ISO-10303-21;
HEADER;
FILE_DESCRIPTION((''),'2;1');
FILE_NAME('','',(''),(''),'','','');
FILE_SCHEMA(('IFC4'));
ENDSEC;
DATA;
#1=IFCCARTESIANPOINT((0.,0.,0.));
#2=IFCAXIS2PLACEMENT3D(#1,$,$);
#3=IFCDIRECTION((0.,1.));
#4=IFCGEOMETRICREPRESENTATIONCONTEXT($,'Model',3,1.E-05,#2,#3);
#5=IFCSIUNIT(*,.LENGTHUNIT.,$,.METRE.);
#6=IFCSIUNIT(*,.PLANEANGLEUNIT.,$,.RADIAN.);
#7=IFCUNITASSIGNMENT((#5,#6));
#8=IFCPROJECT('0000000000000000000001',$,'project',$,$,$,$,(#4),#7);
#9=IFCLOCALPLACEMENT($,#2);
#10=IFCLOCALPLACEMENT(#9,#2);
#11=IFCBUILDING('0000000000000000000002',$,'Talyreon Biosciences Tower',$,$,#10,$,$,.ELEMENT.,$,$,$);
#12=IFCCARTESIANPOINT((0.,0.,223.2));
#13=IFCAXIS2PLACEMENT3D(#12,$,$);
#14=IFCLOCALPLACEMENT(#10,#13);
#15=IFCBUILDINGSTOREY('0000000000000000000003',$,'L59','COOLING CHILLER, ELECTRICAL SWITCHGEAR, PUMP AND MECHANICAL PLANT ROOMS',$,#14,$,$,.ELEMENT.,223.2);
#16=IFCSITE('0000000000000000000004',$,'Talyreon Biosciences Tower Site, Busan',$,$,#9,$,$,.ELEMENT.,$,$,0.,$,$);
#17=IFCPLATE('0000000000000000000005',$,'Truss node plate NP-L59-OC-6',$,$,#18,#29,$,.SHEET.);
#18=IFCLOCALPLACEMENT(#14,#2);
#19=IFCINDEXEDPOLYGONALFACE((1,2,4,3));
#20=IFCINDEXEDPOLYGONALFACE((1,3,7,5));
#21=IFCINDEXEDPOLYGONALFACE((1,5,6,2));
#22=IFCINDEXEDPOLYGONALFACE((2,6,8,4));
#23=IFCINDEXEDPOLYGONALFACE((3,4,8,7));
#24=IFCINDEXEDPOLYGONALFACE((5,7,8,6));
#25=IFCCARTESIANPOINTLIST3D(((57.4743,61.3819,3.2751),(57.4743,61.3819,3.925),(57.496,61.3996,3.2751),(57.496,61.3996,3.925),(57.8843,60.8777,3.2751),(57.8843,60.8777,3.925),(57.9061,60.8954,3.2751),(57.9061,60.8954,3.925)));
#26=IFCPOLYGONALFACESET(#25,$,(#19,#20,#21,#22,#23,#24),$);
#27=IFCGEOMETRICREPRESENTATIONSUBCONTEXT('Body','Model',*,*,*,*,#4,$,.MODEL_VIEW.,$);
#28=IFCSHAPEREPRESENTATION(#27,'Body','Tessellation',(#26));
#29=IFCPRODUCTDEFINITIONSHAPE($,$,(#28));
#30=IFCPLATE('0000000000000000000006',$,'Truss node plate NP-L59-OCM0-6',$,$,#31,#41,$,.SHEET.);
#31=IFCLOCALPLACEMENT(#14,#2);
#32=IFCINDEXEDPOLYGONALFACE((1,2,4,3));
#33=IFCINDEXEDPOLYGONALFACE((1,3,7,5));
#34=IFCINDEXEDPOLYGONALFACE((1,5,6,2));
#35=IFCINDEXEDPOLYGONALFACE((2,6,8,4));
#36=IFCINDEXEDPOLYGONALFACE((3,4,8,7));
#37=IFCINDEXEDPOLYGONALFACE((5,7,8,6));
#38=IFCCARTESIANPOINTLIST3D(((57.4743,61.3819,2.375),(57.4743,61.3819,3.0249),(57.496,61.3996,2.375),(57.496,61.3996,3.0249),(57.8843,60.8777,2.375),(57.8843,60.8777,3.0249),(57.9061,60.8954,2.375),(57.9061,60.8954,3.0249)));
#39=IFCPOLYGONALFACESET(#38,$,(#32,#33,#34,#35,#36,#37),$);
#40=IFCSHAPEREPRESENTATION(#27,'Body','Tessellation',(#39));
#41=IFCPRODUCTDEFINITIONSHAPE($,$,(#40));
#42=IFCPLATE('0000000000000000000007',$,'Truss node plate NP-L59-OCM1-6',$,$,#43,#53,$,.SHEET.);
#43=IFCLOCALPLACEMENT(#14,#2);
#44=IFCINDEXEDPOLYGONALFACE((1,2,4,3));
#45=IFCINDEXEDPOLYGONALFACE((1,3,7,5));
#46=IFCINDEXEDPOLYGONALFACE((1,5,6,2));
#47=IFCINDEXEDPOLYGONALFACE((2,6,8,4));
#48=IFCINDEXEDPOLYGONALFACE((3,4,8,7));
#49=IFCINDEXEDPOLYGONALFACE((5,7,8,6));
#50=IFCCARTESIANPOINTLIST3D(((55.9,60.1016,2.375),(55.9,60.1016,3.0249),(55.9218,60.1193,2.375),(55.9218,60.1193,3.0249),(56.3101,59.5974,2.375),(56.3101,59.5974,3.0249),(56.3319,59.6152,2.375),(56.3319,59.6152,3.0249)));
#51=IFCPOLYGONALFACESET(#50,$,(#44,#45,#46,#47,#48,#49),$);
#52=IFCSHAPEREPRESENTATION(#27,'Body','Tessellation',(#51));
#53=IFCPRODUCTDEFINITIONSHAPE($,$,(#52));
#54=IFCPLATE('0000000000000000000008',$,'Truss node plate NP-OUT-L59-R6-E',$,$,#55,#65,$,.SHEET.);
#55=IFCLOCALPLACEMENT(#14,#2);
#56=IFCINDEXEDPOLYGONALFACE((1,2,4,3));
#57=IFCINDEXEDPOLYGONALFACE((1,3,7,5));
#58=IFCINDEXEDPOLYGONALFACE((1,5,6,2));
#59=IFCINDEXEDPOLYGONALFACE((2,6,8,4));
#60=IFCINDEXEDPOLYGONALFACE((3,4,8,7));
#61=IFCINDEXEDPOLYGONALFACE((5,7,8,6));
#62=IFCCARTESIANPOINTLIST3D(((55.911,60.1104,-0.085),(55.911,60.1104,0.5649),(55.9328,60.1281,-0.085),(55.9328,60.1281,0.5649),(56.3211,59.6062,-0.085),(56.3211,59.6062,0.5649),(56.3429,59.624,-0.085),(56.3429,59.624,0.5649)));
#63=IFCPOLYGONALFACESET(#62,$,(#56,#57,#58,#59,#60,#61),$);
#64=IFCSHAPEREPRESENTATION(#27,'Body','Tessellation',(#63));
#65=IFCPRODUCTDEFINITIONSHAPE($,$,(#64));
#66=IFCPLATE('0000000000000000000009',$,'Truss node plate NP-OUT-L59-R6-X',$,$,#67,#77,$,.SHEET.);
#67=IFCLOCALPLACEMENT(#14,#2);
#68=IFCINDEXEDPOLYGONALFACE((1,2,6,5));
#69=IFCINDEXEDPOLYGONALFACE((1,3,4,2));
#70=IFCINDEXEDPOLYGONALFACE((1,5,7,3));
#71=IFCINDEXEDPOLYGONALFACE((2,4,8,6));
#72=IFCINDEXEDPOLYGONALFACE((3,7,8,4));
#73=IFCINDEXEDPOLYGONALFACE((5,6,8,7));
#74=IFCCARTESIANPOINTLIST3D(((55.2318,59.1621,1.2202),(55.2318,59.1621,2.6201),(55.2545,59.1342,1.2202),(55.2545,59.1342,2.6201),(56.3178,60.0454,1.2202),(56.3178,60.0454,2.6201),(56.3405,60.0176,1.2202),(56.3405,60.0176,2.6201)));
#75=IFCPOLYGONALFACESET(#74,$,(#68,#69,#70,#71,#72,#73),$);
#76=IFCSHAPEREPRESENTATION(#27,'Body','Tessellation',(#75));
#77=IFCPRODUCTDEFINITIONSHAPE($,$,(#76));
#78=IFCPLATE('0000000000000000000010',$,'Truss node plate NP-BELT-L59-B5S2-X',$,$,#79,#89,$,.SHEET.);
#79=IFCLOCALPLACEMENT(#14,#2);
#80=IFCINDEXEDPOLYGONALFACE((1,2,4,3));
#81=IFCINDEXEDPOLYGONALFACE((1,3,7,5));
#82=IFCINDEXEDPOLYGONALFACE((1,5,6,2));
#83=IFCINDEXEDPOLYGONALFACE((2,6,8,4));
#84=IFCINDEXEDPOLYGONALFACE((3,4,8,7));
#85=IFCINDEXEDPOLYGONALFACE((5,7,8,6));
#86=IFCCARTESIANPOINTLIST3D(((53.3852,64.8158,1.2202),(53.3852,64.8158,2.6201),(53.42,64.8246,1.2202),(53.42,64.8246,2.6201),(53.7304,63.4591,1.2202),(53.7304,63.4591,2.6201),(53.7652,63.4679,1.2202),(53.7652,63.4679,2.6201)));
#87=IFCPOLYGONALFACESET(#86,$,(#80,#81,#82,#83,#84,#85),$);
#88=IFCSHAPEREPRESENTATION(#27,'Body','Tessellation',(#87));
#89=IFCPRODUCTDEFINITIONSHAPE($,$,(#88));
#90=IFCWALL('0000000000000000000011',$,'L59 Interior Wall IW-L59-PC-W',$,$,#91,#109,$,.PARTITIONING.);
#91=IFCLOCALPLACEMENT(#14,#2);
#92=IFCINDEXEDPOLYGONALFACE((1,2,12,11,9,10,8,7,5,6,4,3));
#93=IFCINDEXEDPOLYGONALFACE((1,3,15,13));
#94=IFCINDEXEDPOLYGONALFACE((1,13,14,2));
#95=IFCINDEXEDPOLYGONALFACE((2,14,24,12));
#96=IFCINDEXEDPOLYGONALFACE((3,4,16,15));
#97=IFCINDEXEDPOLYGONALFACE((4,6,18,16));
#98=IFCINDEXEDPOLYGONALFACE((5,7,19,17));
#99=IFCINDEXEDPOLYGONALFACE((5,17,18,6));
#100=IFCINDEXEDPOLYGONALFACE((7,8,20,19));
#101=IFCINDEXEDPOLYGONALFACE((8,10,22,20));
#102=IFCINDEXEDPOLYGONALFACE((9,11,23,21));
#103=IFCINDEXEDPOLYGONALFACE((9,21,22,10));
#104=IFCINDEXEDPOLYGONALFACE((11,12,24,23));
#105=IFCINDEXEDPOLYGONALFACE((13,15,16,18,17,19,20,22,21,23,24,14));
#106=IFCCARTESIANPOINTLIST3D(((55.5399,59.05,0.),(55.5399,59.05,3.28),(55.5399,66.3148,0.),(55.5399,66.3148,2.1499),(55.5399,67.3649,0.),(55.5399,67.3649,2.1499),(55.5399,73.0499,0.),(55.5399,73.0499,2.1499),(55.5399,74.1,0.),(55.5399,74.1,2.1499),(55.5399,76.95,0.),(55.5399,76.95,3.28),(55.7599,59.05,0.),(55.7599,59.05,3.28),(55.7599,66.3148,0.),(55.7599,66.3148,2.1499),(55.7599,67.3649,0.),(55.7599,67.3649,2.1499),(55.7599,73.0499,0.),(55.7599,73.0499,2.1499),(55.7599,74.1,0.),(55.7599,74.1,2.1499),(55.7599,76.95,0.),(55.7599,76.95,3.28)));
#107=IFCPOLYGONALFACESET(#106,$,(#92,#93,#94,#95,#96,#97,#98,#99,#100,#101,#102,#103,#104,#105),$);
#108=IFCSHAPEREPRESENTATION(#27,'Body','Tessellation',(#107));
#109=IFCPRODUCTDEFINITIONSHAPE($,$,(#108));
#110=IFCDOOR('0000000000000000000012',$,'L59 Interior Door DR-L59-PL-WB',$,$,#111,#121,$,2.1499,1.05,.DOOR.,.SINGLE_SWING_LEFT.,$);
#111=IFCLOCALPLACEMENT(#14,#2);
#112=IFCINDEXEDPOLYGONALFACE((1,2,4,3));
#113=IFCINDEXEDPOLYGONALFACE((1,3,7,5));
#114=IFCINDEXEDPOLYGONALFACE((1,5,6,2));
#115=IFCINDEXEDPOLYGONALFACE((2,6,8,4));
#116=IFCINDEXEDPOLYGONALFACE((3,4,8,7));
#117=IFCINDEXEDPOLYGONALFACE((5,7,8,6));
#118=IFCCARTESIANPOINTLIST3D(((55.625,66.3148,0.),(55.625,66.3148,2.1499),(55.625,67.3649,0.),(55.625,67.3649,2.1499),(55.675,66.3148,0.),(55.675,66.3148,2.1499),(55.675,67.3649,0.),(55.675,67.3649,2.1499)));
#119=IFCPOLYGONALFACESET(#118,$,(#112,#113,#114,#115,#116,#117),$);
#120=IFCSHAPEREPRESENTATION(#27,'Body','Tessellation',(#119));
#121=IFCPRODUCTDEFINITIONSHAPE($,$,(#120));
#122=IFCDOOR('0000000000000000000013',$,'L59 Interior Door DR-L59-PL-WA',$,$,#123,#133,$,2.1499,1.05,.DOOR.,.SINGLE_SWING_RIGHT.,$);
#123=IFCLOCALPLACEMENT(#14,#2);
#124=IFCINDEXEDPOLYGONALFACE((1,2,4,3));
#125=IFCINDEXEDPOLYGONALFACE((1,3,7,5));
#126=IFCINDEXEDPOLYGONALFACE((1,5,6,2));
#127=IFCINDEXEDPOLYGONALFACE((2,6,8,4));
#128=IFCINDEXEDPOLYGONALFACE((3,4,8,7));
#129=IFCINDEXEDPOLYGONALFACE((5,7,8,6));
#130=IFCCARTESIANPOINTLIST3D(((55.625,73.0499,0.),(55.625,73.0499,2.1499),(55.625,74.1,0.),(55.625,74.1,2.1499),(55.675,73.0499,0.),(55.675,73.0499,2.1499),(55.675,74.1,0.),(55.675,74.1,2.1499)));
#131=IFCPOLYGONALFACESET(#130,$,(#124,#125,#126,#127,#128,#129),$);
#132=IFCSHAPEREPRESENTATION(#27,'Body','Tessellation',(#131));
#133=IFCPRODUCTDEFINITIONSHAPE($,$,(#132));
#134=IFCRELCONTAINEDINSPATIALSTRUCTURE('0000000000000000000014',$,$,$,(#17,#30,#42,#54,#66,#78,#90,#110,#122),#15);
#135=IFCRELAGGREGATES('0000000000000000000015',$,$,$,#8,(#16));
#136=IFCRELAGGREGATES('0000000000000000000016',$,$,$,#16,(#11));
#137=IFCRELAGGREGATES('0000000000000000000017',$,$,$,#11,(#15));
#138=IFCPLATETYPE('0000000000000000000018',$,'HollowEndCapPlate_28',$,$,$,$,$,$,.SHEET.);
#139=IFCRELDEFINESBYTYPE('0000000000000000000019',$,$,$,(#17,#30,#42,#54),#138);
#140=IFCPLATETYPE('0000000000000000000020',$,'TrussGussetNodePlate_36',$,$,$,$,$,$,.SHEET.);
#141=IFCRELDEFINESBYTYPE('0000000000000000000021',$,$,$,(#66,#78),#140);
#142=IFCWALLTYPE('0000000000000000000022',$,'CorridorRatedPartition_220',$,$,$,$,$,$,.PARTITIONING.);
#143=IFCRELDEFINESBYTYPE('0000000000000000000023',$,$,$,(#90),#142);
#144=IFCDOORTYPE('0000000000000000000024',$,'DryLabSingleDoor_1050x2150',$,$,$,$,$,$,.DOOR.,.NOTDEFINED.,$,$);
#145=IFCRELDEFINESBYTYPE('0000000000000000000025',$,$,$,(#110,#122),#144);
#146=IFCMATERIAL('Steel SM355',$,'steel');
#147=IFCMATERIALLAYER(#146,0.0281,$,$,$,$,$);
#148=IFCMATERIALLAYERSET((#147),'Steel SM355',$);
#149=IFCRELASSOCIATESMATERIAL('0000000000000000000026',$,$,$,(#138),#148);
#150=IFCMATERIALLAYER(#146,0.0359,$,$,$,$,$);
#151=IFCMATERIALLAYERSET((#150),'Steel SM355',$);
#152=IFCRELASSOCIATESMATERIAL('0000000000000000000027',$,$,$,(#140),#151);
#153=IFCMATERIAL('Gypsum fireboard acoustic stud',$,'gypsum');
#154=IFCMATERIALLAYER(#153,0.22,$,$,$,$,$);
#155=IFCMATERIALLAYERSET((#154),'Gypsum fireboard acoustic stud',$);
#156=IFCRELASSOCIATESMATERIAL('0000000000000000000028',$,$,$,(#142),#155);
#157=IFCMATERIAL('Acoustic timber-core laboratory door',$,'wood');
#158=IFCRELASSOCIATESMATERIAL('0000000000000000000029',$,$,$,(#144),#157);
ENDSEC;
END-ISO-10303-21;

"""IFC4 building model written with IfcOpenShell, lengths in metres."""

from ifc_helpers import new_model, si_unit, direction, frame, frame_2d, origin, origin_2d, place, context, subcontext, project, spatial, rectangle, extrude, material, layer, layer_set, type_object, element, fill, save


model = new_model("IFC4")

# Units and contexts
model_context = context("Model", 3, precision=1e-05, world=origin(), true_north=direction((0.0, 1.0)))
body_context = subcontext(model_context, "Body", "Model", "MODEL_VIEW")
ifc_project = project(units=[si_unit("LENGTHUNIT", "METRE"), si_unit("PLANEANGLEUNIT", "RADIAN")], contexts=[model_context])

# Site, building, storey
site_placement = place(None, origin())
site = spatial("IfcSite", under=ifc_project, at=site_placement, Name="Talyreon Biosciences Tower Site, Busan", CompositionType="ELEMENT", RefElevation=0.0)
building_placement = place(site_placement, origin())
building = spatial("IfcBuilding", under=site, at=building_placement, Name="Talyreon Biosciences Tower", CompositionType="ELEMENT")
storey_placement = place(building_placement, frame((0.0, 0.0, 223.2)))
storey = spatial("IfcBuildingStorey", under=building, at=storey_placement, Name="L59", Description="COOLING CHILLER, ELECTRICAL SWITCHGEAR, PUMP AND MECHANICAL PLANT ROOMS", CompositionType="ELEMENT", Elevation=223.2)

# Shared definitions
ifc_material_1 = material(Name="Steel SM355", Category="steel")

# Plates
ifc_layer_1 = layer(ifc_material_1, 0.0281)
ifc_layer_set_1 = layer_set([ifc_layer_1], Name="Steel SM355")
plate_type_1 = type_object("IfcPlateType", Name="HollowEndCapPlate_28", PredefinedType="SHEET", material=ifc_layer_set_1)
for number, where, z_axis, x_axis, name in (
    (1, (57.6902, 61.1387, 3.2751), (0.0, 0.0, 1.0), (0.631001, -0.775782, 0.0), "Truss node plate NP-L59-OC-6"),
    (2, (57.6902, 61.1387, 2.375), (0.0, 0.0, 1.0), (0.631001, -0.775782, 0.0), "Truss node plate NP-L59-OCM0-6"),
    (3, (56.116, 59.8584, 2.375), (0.0, 0.0, 1.0), (0.631001, -0.775782, 0.0), "Truss node plate NP-L59-OCM1-6"),
    (4, (56.127, 59.8672, -0.085), (0.0, 0.0, 1.0), (0.631014, -0.775771, 0.0), "Truss node plate NP-OUT-L59-R6-E"),
):
    element("IfcPlate", number, at=place(storey_placement, frame(where, z_axis=z_axis, x_axis=x_axis)), inside=storey, type_object=plate_type_1, Name=name, PredefinedType="SHEET", context=body_context, shape_type="SweptSolid", body=[
        extrude(rectangle(XDim=0.6499, YDim=0.0281, at=origin_2d()), origin(), (0.0, 0.0, 1.0), 0.6499),
    ])
ifc_layer_2 = layer(ifc_material_1, 0.0359)
ifc_layer_set_2 = layer_set([ifc_layer_2], Name="Steel SM355")
plate_type_2 = type_object("IfcPlateType", Name="TrussGussetNodePlate_36", PredefinedType="SHEET", material=ifc_layer_set_2)
for number, where, z_axis, x_axis, name in (
    (5, (55.7861, 59.5898, 1.2202), (0.0, 0.0, 1.0), (-0.775771, -0.631014, 0.0), "Truss node plate NP-OUT-L59-R6-X"),
    (6, (53.5752, 64.1418, 1.2202), (0.0, 0.0, 1.0), (0.246542, -0.969132, 0.0), "Truss node plate NP-BELT-L59-B5S2-X"),
):
    element("IfcPlate", number, at=place(storey_placement, frame(where, z_axis=z_axis, x_axis=x_axis)), inside=storey, type_object=plate_type_2, Name=name, PredefinedType="SHEET", context=body_context, shape_type="SweptSolid", body=[
        extrude(rectangle(XDim=1.3999, YDim=0.0359, at=origin_2d()), origin(), (0.0, 0.0, 1.0), 1.3999),
    ])

# Wall, openings, doors
ifc_material_2 = material(Name="Gypsum fireboard acoustic stud", Category="gypsum")
ifc_layer_3 = layer(ifc_material_2, 0.22)
ifc_layer_set_3 = layer_set([ifc_layer_3], Name="Gypsum fireboard acoustic stud")
wall_type = type_object("IfcWallType", Name="CorridorRatedPartition_220", PredefinedType="PARTITIONING", material=ifc_layer_set_3)
wall_placement = place(storey_placement, frame((55.6499, 59.05, 0.0), z_axis=(0.0, 0.0, 1.0), x_axis=(0.0, 1.0, 0.0)))
wall = element("IfcWall", 7, at=wall_placement, inside=storey, type_object=wall_type, Name="L59 Interior Wall IW-L59-PC-W", PredefinedType="PARTITIONING", context=body_context, shape_type="SweptSolid", body=[
    extrude(rectangle(XDim=17.8999, YDim=0.22, at=frame_2d((8.95, 0.0))), origin(), (0.0, 0.0, 1.0), 3.28),
])
opening_1_placement = place(wall_placement, frame((7.2649, 0.0, 0.0)))
opening_1 = element("IfcOpeningElement", 8, at=opening_1_placement, cuts=wall, PredefinedType="OPENING", context=body_context, shape_type="SweptSolid", body=[
    extrude(rectangle(XDim=1.05, YDim=2.1499, at=frame_2d((0.5249, 1.075))), frame((0.0, 0.1199, 0.0), z_axis=(0.0, -1.0, 0.0), x_axis=(1.0, 0.0, 0.0)), (0.0, 0.0, 1.0), 0.24),
])
opening_2_placement = place(wall_placement, frame((14.0, 0.0, 0.0)))
opening_2 = element("IfcOpeningElement", 9, at=opening_2_placement, cuts=wall, PredefinedType="OPENING", context=body_context, shape_type="SweptSolid", body=[
    extrude(rectangle(XDim=1.05, YDim=2.1499, at=frame_2d((0.5249, 1.075))), frame((0.0, 0.1199, 0.0), z_axis=(0.0, -1.0, 0.0), x_axis=(1.0, 0.0, 0.0)), (0.0, 0.0, 1.0), 0.24),
])
ifc_material_3 = material(Name="Acoustic timber-core laboratory door", Category="wood")
door_type = type_object("IfcDoorType", Name="DryLabSingleDoor_1050x2150", OperationType="NOTDEFINED", PredefinedType="DOOR", material=ifc_material_3)
door_1_placement = place(opening_1_placement, origin())
door_1 = element("IfcDoor", 10, at=door_1_placement, inside=storey, type_object=door_type, Name="L59 Interior Door DR-L59-PL-WB", OperationType="SINGLE_SWING_LEFT", OverallHeight=2.1499, OverallWidth=1.05, PredefinedType="DOOR", context=body_context, shape_type="SweptSolid", body=[
    extrude(rectangle(XDim=1.05, YDim=2.1499, at=frame_2d((0.5249, 1.075))), frame((0.0, 0.0249, 0.0), z_axis=(0.0, -1.0, 0.0), x_axis=(1.0, 0.0, 0.0)), (0.0, 0.0, 1.0), 0.05),
])
fill(opening_1, door_1)
door_2_placement = place(opening_2_placement, origin())
door_2 = element("IfcDoor", 11, at=door_2_placement, inside=storey, type_object=door_type, Name="L59 Interior Door DR-L59-PL-WA", OperationType="SINGLE_SWING_RIGHT", OverallHeight=2.1499, OverallWidth=1.05, PredefinedType="DOOR", context=body_context, shape_type="SweptSolid", body=[
    extrude(rectangle(XDim=1.05, YDim=2.1499, at=frame_2d((0.5249, 1.075))), frame((0.0, 0.0249, 0.0), z_axis=(0.0, -1.0, 0.0), x_axis=(1.0, 0.0, 0.0)), (0.0, 0.0, 1.0), 0.05),
])
fill(opening_2, door_2)

save(model, "model.ifc")
